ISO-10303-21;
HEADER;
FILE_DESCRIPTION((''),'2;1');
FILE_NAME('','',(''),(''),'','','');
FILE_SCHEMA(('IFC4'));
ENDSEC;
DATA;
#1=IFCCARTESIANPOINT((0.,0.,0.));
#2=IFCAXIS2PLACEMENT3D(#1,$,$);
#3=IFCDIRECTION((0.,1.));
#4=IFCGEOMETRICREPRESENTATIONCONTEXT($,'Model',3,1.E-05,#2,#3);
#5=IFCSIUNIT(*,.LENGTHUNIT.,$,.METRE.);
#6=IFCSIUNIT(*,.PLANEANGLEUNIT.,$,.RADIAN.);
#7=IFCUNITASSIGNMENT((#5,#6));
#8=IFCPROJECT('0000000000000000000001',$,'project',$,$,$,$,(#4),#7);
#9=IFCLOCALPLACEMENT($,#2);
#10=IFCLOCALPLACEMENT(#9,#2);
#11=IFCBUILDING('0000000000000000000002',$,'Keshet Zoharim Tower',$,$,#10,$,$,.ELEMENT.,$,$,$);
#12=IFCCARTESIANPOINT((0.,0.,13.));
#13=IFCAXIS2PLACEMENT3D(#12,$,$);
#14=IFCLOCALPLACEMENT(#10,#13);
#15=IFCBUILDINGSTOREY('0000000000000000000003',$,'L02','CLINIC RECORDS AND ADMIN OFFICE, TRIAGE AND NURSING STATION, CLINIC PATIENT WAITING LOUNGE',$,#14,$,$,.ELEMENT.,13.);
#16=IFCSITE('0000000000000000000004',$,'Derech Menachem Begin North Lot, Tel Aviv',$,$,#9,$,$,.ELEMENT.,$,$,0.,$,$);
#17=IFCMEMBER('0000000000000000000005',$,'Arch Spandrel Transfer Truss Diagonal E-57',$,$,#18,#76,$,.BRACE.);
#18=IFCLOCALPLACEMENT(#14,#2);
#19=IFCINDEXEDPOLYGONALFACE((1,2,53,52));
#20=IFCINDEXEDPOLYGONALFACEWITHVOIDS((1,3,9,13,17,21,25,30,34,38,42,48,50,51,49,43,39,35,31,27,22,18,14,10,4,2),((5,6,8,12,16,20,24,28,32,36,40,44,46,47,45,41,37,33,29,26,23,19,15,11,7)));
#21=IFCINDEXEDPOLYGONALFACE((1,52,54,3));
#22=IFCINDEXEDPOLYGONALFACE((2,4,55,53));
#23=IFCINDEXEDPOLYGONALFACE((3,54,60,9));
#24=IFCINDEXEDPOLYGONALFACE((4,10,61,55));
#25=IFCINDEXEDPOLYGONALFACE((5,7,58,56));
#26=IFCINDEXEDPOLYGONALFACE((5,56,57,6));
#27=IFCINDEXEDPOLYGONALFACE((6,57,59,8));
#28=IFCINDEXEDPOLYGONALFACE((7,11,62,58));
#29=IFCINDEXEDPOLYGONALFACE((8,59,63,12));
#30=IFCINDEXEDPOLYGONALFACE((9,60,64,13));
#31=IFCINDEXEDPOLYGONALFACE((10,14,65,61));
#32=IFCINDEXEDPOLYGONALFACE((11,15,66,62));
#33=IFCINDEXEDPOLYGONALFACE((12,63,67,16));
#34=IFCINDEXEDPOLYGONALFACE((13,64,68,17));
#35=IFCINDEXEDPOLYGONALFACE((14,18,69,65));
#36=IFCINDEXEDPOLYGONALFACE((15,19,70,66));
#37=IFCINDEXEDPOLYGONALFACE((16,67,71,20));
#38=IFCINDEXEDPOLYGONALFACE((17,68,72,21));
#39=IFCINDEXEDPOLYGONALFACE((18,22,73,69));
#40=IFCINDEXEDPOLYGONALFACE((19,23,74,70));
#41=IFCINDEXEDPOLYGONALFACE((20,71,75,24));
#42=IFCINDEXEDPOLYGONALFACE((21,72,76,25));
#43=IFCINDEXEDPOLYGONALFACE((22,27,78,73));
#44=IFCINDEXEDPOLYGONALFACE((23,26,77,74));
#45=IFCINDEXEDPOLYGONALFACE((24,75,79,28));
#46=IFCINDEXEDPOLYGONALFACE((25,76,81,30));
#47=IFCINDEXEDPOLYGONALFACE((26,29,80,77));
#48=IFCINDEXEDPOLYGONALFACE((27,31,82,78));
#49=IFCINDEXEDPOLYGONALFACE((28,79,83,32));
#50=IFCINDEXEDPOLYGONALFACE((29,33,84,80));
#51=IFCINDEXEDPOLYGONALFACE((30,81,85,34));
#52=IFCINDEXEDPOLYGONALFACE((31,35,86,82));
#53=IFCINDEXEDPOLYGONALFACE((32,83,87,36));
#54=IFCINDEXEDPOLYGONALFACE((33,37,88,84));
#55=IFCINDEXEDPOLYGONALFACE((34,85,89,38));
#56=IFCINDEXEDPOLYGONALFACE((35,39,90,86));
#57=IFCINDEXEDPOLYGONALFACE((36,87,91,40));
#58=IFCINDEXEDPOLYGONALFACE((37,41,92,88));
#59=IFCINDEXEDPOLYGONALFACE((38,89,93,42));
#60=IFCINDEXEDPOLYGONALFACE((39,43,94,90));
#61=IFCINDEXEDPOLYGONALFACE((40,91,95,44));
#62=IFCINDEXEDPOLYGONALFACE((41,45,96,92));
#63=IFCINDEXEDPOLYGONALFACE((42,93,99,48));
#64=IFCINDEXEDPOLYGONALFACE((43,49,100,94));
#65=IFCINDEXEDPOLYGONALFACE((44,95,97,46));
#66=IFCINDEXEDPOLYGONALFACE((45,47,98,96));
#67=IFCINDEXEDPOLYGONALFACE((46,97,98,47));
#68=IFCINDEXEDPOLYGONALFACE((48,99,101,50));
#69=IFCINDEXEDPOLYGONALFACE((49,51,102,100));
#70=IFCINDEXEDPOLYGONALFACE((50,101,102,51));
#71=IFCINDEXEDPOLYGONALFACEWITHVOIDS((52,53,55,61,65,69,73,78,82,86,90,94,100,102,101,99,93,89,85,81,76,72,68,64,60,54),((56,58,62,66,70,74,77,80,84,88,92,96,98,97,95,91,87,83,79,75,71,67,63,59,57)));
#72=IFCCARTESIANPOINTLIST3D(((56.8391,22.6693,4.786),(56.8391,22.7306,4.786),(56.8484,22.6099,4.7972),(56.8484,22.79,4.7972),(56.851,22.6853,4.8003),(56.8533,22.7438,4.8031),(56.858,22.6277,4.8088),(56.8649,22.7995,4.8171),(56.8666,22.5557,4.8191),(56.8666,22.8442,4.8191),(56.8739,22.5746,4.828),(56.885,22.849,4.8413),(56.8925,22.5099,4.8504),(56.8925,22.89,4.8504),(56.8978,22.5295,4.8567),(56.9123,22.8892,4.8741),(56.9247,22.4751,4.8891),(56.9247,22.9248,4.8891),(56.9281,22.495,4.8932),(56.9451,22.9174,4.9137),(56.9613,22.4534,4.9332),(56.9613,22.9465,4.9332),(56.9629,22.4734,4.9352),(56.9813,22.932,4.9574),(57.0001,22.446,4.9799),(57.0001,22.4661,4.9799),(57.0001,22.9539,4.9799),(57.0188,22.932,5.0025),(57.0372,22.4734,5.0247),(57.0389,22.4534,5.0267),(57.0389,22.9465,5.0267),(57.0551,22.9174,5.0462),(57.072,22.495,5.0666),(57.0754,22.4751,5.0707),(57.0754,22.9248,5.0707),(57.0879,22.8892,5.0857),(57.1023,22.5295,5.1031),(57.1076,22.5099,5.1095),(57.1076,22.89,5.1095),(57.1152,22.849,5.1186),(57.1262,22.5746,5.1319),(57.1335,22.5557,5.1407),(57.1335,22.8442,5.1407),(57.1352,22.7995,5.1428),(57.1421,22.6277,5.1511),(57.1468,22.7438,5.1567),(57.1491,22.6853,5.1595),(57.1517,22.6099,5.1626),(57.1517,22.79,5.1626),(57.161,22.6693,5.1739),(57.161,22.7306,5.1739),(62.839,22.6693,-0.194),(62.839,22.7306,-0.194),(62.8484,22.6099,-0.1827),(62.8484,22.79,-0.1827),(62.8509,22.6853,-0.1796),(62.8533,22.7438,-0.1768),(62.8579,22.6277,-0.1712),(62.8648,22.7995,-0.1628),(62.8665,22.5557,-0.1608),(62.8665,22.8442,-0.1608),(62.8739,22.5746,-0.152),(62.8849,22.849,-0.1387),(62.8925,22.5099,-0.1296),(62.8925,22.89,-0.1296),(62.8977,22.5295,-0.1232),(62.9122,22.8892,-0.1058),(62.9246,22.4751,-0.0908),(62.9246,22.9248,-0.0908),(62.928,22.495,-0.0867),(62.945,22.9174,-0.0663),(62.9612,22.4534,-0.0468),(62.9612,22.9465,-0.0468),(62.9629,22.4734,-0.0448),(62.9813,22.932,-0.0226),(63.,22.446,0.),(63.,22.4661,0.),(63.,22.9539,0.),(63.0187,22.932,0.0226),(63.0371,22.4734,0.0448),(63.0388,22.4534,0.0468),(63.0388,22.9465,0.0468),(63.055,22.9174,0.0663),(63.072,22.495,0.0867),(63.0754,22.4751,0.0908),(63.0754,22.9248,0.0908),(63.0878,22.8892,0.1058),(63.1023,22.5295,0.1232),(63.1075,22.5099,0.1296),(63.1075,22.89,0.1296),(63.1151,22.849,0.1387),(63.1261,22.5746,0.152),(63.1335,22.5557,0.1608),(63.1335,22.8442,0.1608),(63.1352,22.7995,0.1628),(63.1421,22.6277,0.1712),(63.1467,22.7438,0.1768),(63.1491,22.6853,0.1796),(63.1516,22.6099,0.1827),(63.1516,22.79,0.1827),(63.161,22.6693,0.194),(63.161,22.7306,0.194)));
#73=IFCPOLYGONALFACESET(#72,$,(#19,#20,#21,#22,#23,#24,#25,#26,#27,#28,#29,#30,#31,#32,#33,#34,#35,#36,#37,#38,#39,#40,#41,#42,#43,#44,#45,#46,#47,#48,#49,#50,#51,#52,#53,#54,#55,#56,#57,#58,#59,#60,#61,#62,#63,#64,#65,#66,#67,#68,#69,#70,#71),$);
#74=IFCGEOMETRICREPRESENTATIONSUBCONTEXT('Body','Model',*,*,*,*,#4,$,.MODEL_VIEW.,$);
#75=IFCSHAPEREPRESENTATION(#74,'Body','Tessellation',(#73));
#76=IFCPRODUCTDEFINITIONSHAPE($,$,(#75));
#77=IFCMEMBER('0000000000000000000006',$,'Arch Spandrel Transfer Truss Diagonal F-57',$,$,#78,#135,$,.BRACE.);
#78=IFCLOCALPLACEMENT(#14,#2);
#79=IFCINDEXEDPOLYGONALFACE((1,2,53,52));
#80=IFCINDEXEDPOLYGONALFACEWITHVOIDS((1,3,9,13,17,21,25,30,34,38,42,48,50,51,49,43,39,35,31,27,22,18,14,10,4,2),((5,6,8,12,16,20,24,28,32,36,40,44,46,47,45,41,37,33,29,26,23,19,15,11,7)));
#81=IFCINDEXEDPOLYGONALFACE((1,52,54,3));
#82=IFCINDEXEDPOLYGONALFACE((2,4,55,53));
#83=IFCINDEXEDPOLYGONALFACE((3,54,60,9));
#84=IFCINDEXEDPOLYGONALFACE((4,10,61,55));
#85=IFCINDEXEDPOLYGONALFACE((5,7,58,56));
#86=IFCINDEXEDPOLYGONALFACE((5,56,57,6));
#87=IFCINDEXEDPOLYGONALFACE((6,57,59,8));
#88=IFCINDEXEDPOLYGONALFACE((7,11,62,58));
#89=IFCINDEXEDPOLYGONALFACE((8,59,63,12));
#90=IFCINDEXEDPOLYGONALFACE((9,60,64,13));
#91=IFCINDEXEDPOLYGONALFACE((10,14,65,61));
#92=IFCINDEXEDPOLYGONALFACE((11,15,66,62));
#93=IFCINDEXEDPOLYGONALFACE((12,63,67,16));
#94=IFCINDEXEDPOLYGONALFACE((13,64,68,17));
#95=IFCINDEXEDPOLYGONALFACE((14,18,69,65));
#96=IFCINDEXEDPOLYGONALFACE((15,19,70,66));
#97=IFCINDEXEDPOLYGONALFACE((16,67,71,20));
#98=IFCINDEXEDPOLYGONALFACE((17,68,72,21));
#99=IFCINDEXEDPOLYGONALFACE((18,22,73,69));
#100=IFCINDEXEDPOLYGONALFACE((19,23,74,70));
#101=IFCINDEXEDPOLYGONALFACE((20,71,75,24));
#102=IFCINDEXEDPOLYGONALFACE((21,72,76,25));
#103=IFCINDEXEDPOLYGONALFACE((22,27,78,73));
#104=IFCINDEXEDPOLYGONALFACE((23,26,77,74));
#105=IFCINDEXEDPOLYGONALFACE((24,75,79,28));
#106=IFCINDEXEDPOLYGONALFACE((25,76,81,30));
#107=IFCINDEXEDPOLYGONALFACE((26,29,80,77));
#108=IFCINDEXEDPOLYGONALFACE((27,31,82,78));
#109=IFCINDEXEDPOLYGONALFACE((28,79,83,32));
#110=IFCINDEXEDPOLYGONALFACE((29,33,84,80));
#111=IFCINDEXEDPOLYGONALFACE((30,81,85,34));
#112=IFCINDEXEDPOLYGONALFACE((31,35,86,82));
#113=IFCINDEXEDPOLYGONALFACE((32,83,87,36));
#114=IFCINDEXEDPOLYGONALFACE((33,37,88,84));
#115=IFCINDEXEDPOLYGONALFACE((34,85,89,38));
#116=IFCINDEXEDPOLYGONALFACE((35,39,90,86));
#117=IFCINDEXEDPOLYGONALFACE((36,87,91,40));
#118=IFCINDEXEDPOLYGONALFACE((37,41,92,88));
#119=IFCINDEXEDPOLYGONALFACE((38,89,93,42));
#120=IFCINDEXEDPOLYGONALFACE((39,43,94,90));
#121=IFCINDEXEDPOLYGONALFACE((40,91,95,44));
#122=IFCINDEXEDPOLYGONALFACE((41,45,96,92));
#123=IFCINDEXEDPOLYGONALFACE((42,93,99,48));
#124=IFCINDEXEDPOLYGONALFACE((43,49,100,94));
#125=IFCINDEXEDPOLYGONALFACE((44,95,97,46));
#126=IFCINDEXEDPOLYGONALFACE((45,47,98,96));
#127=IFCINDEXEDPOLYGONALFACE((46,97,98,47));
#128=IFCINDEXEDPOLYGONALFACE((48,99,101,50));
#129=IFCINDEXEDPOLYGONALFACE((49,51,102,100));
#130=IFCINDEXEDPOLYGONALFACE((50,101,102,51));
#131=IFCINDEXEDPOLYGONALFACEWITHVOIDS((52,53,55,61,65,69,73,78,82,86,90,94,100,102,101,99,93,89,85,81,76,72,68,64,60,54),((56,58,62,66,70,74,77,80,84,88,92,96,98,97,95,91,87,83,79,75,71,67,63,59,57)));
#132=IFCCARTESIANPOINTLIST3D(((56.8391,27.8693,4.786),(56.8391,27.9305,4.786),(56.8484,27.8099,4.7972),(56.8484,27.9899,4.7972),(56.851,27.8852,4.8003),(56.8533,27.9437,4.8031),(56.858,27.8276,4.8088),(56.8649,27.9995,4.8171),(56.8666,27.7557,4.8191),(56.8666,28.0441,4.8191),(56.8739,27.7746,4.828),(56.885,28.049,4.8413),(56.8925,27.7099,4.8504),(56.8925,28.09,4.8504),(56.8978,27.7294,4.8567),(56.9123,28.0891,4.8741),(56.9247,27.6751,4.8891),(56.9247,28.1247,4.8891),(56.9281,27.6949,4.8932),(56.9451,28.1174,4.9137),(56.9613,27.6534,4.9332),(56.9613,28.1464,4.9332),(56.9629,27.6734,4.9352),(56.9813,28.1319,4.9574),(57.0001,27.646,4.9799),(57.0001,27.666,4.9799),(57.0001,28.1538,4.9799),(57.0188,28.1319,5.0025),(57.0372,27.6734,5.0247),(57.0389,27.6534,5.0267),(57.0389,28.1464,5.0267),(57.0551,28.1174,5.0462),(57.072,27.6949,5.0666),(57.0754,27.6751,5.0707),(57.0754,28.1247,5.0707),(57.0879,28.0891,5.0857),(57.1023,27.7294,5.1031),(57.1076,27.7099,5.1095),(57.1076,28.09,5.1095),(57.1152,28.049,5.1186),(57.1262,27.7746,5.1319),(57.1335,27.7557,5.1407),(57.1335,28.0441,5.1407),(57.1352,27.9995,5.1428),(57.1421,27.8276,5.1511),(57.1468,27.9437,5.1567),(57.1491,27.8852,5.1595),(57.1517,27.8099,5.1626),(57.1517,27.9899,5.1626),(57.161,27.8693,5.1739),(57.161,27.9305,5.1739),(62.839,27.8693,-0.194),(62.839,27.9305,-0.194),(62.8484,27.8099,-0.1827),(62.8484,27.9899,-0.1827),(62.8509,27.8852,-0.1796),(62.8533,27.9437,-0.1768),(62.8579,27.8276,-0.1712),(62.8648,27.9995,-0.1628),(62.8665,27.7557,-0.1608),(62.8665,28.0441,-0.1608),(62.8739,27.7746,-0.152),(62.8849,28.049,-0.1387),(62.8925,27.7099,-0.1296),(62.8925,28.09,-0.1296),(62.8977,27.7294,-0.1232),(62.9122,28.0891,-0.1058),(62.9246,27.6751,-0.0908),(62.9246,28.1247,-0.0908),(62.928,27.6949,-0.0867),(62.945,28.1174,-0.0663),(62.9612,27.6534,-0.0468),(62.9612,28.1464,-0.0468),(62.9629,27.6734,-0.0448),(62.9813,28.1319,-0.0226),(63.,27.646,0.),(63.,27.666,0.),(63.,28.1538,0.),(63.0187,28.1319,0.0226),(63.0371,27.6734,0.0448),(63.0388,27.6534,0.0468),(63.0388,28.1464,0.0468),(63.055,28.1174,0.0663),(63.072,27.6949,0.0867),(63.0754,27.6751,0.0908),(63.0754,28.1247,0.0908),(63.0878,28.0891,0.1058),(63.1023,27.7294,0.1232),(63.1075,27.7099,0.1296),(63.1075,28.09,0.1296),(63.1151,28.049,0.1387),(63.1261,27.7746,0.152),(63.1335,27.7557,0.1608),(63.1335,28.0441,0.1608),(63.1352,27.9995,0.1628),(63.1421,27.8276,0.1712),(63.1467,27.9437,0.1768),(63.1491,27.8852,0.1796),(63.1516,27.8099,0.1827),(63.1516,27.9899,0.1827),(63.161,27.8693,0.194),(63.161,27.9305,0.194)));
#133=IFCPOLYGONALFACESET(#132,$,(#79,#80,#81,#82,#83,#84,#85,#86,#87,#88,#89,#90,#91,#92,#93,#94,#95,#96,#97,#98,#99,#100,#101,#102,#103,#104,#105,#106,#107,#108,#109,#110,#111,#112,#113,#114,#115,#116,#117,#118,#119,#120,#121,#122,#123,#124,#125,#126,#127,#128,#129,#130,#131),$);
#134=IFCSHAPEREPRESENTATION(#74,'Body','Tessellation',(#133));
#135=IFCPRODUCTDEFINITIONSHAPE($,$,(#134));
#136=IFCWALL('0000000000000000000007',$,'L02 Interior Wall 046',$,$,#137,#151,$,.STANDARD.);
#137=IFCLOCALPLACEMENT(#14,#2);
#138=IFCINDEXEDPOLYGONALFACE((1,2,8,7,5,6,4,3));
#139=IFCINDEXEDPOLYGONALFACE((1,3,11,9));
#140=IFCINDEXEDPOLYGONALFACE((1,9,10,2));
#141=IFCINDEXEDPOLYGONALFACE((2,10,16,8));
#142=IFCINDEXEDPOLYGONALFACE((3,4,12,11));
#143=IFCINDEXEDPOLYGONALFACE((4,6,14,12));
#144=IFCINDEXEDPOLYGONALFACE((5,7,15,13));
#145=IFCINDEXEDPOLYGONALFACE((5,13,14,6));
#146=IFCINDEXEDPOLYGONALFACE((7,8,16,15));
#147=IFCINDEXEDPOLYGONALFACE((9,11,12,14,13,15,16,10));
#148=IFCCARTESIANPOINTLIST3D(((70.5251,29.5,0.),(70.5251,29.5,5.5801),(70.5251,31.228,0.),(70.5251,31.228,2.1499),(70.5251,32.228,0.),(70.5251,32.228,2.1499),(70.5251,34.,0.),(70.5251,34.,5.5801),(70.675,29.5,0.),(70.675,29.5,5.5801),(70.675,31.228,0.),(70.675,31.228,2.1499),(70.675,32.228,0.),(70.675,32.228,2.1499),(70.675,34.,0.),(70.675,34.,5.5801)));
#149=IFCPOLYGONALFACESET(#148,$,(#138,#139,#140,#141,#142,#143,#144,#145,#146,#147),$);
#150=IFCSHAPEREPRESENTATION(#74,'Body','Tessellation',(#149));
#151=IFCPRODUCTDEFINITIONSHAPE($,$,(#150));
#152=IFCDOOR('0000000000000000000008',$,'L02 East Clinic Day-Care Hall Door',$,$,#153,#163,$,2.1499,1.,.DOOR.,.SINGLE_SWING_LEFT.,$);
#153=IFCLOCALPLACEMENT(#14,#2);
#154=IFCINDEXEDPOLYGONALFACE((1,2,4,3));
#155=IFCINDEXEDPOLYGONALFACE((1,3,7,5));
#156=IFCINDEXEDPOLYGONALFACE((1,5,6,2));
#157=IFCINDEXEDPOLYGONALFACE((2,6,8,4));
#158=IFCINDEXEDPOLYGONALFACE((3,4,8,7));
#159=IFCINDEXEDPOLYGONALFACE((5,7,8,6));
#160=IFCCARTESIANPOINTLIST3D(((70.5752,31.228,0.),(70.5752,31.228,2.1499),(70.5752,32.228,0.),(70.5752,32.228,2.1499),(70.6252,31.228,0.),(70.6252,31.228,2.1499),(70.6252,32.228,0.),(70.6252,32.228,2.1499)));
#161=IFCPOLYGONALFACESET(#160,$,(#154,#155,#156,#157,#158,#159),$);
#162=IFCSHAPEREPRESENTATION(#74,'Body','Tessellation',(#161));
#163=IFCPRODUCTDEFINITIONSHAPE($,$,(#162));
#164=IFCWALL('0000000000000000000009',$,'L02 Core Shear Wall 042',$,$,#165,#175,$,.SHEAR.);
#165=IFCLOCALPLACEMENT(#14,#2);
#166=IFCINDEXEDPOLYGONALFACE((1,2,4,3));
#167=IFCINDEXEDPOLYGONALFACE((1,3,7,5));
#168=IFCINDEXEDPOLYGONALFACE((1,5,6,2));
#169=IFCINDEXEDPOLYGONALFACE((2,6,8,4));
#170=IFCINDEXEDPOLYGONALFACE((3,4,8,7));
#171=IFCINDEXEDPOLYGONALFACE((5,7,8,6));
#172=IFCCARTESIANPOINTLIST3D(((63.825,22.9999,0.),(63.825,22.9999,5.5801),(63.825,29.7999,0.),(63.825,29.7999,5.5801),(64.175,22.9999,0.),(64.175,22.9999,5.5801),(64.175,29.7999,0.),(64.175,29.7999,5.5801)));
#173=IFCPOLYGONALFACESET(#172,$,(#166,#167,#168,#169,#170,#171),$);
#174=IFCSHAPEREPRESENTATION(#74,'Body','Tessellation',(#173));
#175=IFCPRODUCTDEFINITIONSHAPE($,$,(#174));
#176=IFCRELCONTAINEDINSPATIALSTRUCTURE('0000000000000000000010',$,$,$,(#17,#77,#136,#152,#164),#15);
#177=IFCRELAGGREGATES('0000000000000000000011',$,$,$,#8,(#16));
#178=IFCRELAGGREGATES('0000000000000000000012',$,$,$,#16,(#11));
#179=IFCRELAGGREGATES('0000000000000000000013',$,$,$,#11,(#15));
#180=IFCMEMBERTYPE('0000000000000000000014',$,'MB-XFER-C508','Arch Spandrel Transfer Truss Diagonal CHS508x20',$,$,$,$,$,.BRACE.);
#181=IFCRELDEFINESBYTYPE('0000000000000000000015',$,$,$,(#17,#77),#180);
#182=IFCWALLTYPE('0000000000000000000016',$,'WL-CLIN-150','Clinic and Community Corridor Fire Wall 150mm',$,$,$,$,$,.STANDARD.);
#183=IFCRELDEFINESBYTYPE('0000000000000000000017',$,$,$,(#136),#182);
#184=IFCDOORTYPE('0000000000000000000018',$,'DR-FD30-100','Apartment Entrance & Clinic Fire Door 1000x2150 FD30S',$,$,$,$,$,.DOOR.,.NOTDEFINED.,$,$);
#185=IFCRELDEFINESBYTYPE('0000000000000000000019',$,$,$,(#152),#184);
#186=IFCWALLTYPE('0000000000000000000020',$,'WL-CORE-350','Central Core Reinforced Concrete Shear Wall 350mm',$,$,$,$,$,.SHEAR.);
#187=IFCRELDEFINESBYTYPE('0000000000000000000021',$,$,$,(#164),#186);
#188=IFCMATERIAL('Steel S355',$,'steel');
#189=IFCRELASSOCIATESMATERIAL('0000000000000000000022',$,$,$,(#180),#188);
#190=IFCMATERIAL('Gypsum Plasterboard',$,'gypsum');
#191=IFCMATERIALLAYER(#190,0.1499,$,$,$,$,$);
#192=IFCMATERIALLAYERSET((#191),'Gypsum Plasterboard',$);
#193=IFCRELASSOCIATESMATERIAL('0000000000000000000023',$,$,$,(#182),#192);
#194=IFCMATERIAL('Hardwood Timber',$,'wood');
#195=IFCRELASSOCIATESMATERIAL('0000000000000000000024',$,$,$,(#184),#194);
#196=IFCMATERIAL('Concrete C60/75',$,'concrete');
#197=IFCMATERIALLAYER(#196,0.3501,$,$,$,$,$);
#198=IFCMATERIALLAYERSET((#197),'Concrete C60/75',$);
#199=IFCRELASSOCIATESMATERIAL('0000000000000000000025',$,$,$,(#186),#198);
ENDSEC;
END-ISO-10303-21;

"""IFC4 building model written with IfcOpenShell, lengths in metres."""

from ifc_helpers import new_model, si_unit, direction, frame, frame_2d, origin, origin_2d, place, context, subcontext, project, spatial, rectangle, hollow_circle, extrude, material, layer, layer_set, material_profile, profile_set, type_object, element, fill, save


model = new_model("IFC4")

# Units and contexts
model_context = context("Model", 3, precision=1e-05, world=origin(), true_north=direction((0.0, 1.0)))
body_context = subcontext(model_context, "Body", "Model", "MODEL_VIEW")
ifc_project = project(units=[si_unit("LENGTHUNIT", "METRE"), si_unit("PLANEANGLEUNIT", "RADIAN")], contexts=[model_context])

# Site, building, storey
site_placement = place(None, origin())
site = spatial("IfcSite", under=ifc_project, at=site_placement, Name="Derech Menachem Begin North Lot, Tel Aviv", CompositionType="ELEMENT", RefElevation=0.0)
building_placement = place(site_placement, origin())
building = spatial("IfcBuilding", under=site, at=building_placement, Name="Keshet Zoharim Tower", CompositionType="ELEMENT")
storey_placement = place(building_placement, frame((0.0, 0.0, 13.0)))
storey = spatial("IfcBuildingStorey", under=building, at=storey_placement, Name="L02", Description="CLINIC RECORDS AND ADMIN OFFICE, TRIAGE AND NURSING STATION, CLINIC PATIENT WAITING LOUNGE", CompositionType="ELEMENT", Elevation=13.0)

# Shared definitions
ifc_material_1 = material(Name="Concrete C60/75", Category="concrete")

# Shared definitions
ifc_material_2 = material(Name="Steel S355", Category="steel")

# Members
ifc_material_profile_1 = material_profile(ifc_material_2, hollow_circle(Radius=0.2539, WallThickness=0.02, at=origin_2d()), Name="CHS508x20")
ifc_profile_set_1 = profile_set([ifc_material_profile_1], Name="Steel S355")
member_type = type_object("IfcMemberType", Name="MB-XFER-C508", Description="Arch Spandrel Transfer Truss Diagonal CHS508x20", PredefinedType="BRACE", material=ifc_profile_set_1)
for number, where, z_axis, x_axis, name in (
    (1, (63.0, 22.7, 0.0), (-0.769482, 0.0, 0.638668), (0.0, -1.0, 0.0), "Arch Spandrel Transfer Truss Diagonal E-57"),
    (2, (63.0, 27.8999, 0.0), (-0.769482, 0.0, 0.638668), (0.0, -1.0, 0.0), "Arch Spandrel Transfer Truss Diagonal F-57"),
):
    element("IfcMember", number, at=place(storey_placement, frame(where, z_axis=z_axis, x_axis=x_axis)), inside=storey, type_object=member_type, Name=name, PredefinedType="BRACE", context=body_context, shape_type="SweptSolid", body=[
        extrude(hollow_circle(Radius=0.2539, WallThickness=0.02, at=origin_2d()), origin(), (0.0, 0.0, 1.0), 7.7974),
    ])

# Wall, opening, door
ifc_material_3 = material(Name="Gypsum Plasterboard", Category="gypsum")
ifc_layer_1 = layer(ifc_material_3, 0.1499)
ifc_layer_set_1 = layer_set([ifc_layer_1], Name="Gypsum Plasterboard")
wall_type_1 = type_object("IfcWallType", Name="WL-CLIN-150", Description="Clinic and Community Corridor Fire Wall 150mm", PredefinedType="STANDARD", material=ifc_layer_set_1)
wall_1_placement = place(storey_placement, frame((70.6001, 29.5, 0.0), z_axis=(0.0, 0.0, 1.0), x_axis=(0.0, 1.0, 0.0)))
wall_1 = element("IfcWall", 3, at=wall_1_placement, inside=storey, type_object=wall_type_1, Name="L02 Interior Wall 046", PredefinedType="STANDARD", context=body_context, shape_type="SweptSolid", body=[
    extrude(rectangle(XDim=4.5, YDim=0.1499, at=frame_2d((2.25, 0.0))), origin(), (0.0, 0.0, 1.0), 5.5801),
])
opening_1_placement = place(wall_1_placement, frame((1.728, 0.0, 0.0)))
opening_1 = element("IfcOpeningElement", 4, at=opening_1_placement, cuts=wall_1, PredefinedType="OPENING", context=body_context, shape_type="SweptSolid", body=[
    extrude(rectangle(XDim=1.0, YDim=2.1499, at=frame_2d((0.5, 1.075))), frame((0.0, 0.085, 0.0), z_axis=(0.0, -1.0, 0.0), x_axis=(1.0, 0.0, 0.0)), (0.0, 0.0, 1.0), 0.1699),
])
ifc_material_4 = material(Name="Hardwood Timber", Category="wood")
door_type_1 = type_object("IfcDoorType", Name="DR-FD30-100", Description="Apartment Entrance & Clinic Fire Door 1000x2150 FD30S", OperationType="NOTDEFINED", PredefinedType="DOOR", material=ifc_material_4)
door_1_placement = place(opening_1_placement, origin())
door_1 = element("IfcDoor", 5, at=door_1_placement, inside=storey, type_object=door_type_1, Name="L02 East Clinic Day-Care Hall Door", OperationType="SINGLE_SWING_LEFT", OverallHeight=2.1499, OverallWidth=1.0, PredefinedType="DOOR", context=body_context, shape_type="SweptSolid", body=[
    extrude(rectangle(XDim=1.0, YDim=2.1499, at=frame_2d((0.5, 1.075))), frame((0.0, 0.0249, 0.0), z_axis=(0.0, -1.0, 0.0), x_axis=(1.0, 0.0, 0.0)), (0.0, 0.0, 1.0), 0.05),
])
fill(opening_1, door_1)

# Wall
ifc_layer_2 = layer(ifc_material_1, 0.3501)
ifc_layer_set_2 = layer_set([ifc_layer_2], Name="Concrete C60/75")
wall_type_2 = type_object("IfcWallType", Name="WL-CORE-350", Description="Central Core Reinforced Concrete Shear Wall 350mm", PredefinedType="SHEAR", material=ifc_layer_set_2)
wall_2_placement = place(storey_placement, frame((64.0, 23.0, 0.0), z_axis=(0.0, 0.0, 1.0), x_axis=(0.0, 1.0, 0.0)))
element("IfcWall", 6, at=wall_2_placement, inside=storey, type_object=wall_type_2, Name="L02 Core Shear Wall 042", PredefinedType="SHEAR", context=body_context, shape_type="SweptSolid", body=[
    extrude(rectangle(XDim=6.8, YDim=0.3501, at=frame_2d((3.3999, 0.0))), origin(), (0.0, 0.0, 1.0), 5.5801),
])

save(model, "model.ifc")
